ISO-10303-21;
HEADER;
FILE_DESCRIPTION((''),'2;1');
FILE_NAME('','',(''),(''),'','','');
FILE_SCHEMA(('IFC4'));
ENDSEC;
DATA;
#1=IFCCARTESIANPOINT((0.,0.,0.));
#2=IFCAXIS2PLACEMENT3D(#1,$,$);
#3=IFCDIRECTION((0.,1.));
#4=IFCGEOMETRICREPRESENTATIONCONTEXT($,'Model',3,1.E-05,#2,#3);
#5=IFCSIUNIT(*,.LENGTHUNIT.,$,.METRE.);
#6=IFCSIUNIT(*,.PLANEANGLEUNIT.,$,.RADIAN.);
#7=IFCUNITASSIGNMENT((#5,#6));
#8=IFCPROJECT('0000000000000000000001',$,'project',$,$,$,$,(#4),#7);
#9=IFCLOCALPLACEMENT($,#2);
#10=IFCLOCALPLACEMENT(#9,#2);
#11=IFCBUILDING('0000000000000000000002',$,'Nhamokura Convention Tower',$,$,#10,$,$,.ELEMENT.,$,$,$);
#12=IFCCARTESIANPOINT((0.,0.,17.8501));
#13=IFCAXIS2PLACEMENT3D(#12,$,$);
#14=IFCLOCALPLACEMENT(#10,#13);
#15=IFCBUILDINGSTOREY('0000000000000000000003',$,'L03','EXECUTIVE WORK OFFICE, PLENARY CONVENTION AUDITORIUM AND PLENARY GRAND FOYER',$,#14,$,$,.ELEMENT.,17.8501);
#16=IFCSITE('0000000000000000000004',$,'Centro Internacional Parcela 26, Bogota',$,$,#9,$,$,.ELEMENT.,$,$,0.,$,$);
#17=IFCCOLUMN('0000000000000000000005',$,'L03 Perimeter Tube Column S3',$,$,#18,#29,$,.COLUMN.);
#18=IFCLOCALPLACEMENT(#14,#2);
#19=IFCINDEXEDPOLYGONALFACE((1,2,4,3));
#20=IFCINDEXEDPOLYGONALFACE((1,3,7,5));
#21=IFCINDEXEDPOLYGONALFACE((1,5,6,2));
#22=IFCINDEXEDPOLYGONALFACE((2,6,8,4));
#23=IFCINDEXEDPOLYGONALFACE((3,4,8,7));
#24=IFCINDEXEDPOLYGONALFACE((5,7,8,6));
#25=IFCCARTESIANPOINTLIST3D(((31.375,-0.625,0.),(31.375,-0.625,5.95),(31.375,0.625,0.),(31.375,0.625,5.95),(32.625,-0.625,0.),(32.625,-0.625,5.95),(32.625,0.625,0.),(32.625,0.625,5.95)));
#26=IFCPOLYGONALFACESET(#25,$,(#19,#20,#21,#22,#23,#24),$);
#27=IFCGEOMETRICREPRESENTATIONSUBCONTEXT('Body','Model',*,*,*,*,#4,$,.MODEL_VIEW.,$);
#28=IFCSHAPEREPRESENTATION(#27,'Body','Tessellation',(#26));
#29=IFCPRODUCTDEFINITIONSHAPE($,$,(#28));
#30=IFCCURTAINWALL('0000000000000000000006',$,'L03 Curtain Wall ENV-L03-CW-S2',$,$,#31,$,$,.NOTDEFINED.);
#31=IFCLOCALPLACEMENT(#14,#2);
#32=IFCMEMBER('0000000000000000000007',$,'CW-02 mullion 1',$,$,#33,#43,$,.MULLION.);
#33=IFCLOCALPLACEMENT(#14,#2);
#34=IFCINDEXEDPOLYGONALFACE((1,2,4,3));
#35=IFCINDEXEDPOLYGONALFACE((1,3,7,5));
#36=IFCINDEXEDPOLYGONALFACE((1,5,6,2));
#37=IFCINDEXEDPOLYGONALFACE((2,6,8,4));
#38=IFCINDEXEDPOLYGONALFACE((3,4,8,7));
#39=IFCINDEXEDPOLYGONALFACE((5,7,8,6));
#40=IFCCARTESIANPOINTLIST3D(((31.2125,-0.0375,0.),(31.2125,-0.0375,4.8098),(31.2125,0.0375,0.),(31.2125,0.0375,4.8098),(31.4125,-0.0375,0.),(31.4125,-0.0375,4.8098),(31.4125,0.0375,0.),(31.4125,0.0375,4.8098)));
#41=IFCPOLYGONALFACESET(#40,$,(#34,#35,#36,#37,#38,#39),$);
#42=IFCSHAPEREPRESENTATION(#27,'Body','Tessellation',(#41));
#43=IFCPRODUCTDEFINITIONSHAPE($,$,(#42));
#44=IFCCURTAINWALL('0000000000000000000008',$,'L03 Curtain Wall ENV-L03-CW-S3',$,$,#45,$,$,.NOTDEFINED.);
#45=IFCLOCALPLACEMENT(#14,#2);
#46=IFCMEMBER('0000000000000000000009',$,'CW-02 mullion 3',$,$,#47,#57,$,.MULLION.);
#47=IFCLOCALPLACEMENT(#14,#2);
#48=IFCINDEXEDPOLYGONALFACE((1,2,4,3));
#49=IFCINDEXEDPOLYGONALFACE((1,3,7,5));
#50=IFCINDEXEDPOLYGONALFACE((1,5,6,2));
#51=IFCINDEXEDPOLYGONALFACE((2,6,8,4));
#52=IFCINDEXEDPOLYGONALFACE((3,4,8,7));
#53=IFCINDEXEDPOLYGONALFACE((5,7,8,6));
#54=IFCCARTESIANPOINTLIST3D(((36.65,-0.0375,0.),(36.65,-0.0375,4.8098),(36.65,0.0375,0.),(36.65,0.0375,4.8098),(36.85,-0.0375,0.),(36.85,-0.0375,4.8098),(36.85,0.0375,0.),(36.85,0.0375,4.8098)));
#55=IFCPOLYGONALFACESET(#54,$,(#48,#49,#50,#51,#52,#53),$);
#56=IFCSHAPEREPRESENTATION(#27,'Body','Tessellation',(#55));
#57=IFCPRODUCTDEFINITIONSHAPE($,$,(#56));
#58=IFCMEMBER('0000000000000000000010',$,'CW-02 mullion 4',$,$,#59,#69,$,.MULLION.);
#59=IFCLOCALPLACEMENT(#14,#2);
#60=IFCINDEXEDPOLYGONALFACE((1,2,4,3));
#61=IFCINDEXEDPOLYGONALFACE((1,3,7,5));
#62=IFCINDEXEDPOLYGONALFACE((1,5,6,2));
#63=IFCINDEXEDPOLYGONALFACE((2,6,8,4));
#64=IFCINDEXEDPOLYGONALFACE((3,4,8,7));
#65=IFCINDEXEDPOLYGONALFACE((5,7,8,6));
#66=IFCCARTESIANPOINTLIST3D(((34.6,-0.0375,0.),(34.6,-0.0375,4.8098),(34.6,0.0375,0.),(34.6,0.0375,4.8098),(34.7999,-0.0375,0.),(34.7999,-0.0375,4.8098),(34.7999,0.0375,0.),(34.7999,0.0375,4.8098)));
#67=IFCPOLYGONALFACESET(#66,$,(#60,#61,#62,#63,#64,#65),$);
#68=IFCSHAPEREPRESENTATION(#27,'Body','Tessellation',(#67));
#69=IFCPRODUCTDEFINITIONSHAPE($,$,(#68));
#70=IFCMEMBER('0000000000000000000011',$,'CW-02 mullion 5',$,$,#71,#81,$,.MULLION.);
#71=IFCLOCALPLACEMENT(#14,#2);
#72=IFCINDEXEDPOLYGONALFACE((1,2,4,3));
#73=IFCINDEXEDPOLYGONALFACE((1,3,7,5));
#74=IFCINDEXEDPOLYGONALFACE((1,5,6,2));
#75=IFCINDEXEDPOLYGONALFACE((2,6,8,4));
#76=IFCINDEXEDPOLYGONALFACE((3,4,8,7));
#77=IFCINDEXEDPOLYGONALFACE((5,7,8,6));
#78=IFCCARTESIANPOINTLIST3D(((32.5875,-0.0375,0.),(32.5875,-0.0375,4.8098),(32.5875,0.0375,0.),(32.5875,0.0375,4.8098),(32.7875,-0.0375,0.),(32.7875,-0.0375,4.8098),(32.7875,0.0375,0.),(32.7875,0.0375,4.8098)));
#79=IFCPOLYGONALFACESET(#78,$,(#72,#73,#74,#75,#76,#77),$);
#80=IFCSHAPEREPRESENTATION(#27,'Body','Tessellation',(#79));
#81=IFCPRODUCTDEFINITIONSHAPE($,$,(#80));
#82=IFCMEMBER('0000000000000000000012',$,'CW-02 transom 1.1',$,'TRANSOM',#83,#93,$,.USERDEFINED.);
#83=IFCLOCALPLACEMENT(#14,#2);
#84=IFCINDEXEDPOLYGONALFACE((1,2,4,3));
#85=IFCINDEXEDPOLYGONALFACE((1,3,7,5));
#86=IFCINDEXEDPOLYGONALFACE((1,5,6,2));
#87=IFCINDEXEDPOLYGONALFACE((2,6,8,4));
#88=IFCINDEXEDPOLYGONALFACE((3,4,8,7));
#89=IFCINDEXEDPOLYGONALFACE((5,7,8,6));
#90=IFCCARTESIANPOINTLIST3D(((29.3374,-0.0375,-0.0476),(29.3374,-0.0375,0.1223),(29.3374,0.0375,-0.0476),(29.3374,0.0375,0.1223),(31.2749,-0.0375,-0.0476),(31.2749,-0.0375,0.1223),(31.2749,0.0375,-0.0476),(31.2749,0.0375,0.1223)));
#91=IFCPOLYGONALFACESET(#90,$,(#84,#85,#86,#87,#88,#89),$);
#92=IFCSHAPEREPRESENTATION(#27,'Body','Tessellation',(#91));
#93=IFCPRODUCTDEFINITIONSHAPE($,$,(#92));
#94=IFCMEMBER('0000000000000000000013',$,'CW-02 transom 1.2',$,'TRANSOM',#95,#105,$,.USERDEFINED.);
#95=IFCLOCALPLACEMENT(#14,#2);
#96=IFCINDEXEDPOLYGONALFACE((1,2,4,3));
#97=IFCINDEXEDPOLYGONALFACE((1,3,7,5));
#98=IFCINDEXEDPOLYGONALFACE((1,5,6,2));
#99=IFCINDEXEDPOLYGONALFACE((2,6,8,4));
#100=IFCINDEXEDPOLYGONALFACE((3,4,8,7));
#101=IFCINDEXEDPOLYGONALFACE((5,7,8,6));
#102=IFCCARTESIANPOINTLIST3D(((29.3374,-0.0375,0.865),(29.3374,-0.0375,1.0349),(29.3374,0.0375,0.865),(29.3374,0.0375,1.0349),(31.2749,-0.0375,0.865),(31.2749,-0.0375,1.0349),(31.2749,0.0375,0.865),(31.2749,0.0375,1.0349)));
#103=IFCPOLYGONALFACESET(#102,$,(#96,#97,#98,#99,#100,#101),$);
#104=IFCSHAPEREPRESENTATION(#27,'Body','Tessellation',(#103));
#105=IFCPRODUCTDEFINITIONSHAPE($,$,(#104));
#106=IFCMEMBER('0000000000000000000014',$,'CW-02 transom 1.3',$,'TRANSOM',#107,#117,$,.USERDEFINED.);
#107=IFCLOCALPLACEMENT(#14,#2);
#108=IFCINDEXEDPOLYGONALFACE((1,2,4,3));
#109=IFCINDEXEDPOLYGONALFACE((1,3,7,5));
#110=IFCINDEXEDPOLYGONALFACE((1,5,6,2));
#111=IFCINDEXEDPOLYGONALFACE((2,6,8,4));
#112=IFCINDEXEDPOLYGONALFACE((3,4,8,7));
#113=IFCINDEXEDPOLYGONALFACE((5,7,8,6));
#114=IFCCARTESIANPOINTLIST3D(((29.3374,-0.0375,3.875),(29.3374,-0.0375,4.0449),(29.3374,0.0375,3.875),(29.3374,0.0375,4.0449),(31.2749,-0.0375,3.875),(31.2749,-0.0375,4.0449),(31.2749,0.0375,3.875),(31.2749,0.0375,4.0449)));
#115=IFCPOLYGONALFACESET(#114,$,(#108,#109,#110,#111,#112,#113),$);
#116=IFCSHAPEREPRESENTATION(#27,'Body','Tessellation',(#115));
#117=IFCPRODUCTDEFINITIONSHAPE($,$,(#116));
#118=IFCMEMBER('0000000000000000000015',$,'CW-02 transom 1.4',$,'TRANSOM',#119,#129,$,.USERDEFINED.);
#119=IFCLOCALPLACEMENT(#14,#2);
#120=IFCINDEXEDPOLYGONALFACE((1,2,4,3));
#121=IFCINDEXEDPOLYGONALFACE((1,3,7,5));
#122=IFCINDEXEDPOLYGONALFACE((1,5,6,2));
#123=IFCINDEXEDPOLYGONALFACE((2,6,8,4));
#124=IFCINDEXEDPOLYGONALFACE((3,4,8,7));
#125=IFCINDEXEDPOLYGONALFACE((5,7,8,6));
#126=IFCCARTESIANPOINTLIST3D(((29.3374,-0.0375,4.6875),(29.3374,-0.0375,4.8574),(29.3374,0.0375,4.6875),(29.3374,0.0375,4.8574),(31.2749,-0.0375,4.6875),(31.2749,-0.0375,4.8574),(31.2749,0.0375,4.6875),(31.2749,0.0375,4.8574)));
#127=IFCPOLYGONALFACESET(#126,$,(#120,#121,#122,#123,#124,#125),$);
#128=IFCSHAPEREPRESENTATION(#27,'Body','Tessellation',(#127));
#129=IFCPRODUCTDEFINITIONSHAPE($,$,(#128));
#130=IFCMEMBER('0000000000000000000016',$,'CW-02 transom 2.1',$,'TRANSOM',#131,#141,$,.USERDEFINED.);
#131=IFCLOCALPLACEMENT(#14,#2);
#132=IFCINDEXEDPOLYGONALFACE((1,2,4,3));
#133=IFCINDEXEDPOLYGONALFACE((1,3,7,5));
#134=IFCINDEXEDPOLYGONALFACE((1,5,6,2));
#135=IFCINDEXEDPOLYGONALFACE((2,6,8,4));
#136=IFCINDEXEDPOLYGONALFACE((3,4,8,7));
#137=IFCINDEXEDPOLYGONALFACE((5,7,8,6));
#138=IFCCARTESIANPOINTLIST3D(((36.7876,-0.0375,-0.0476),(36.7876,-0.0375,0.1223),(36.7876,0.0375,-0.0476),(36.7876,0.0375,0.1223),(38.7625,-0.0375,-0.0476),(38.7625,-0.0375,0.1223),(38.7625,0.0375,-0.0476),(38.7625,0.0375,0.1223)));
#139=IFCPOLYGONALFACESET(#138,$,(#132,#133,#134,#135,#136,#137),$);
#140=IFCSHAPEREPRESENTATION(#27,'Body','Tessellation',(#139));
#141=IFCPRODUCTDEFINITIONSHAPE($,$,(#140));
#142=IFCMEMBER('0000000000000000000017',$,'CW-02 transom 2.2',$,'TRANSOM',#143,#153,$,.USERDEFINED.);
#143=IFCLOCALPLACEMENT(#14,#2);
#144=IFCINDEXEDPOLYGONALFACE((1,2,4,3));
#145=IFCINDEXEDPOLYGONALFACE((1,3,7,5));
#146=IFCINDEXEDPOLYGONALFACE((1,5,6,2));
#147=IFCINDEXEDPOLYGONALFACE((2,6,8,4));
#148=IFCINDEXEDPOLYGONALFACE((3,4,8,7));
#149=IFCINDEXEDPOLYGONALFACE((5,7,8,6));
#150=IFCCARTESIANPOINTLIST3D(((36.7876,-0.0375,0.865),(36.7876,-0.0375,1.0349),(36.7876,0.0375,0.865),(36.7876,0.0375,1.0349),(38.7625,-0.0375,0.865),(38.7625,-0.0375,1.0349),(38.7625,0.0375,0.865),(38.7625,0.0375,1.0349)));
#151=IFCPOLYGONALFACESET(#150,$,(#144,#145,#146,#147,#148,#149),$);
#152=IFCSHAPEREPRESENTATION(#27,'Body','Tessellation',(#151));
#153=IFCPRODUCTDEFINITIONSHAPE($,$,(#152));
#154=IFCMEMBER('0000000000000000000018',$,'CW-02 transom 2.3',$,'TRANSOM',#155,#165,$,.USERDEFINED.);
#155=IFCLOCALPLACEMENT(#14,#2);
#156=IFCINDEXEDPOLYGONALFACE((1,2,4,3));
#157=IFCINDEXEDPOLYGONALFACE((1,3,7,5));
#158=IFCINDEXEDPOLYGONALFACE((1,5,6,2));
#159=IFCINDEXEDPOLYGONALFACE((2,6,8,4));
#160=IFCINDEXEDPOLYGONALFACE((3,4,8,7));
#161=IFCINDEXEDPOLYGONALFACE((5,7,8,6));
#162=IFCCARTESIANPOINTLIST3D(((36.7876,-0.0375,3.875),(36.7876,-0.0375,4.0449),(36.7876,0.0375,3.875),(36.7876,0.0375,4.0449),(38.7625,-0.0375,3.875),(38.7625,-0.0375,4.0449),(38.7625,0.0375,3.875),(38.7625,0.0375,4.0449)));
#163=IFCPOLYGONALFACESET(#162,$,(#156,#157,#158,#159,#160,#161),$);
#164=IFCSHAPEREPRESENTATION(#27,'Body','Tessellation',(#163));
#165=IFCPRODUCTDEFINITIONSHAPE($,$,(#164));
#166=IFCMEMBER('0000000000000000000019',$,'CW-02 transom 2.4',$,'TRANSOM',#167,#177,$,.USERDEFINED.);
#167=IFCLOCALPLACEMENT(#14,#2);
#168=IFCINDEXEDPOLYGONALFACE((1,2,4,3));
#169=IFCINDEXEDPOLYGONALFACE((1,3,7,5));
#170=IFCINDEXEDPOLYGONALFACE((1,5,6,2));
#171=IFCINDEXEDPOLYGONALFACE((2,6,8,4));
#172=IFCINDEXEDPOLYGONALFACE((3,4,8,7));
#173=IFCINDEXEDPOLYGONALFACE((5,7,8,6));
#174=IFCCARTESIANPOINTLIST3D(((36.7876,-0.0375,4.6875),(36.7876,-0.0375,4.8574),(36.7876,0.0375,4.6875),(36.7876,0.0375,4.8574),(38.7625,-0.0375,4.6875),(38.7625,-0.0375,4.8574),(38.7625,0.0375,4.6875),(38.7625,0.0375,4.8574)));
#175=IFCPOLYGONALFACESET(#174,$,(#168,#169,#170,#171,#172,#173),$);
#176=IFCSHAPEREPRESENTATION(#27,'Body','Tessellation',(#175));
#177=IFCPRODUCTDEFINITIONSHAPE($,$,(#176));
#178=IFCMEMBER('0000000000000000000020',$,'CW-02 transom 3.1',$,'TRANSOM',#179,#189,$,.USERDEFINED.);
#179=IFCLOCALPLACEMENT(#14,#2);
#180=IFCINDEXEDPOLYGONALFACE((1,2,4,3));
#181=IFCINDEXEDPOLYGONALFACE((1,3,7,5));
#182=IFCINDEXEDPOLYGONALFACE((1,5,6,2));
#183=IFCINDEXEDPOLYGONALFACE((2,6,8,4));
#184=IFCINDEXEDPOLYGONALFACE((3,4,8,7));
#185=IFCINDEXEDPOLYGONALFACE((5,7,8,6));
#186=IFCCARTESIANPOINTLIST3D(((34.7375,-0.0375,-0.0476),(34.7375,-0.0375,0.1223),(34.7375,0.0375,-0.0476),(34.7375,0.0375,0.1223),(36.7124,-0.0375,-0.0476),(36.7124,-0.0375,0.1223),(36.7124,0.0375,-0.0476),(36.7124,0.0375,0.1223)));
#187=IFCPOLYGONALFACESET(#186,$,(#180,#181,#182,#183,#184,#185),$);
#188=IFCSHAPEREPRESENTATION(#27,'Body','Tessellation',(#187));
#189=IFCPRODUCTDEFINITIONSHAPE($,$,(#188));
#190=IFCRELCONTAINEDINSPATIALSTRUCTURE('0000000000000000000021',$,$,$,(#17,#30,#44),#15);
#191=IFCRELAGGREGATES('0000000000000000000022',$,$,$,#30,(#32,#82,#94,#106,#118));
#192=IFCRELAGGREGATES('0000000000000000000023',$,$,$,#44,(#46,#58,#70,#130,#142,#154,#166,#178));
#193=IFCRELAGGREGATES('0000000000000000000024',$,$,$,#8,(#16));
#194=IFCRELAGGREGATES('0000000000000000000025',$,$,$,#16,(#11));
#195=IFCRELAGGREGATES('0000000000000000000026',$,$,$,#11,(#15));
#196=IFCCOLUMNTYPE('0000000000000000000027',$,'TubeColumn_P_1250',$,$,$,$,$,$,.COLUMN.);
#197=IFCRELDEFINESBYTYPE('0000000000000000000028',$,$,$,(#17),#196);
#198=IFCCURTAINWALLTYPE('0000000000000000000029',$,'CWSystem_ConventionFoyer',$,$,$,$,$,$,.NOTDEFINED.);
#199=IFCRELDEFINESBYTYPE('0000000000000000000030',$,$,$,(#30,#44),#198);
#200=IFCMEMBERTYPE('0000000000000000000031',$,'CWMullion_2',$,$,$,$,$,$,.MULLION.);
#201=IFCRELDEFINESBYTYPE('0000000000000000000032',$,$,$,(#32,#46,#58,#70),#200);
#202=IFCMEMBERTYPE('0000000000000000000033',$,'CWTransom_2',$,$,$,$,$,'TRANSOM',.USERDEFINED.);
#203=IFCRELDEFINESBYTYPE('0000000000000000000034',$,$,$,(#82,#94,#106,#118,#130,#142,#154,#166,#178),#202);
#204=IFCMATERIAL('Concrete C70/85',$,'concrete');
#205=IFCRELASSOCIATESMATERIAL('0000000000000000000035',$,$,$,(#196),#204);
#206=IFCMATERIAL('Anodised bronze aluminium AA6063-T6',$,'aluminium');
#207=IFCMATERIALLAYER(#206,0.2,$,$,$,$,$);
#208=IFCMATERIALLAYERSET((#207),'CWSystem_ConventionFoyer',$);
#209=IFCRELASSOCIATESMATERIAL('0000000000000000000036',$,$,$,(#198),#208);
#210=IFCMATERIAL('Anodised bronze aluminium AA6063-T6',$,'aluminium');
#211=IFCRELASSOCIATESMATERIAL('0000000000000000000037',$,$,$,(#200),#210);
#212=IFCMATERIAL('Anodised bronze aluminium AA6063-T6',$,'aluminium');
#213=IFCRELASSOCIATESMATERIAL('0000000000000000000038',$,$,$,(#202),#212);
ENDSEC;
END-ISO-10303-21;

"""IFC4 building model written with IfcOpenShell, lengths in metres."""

from ifc_helpers import new_model, si_unit, direction, frame, origin, origin_2d, place, context, subcontext, project, spatial, rectangle, extrude, material, layer, layer_set, material_profile, profile_set, type_object, element, aggregate, save


model = new_model("IFC4")

# Units and contexts
model_context = context("Model", 3, precision=1e-05, world=origin(), true_north=direction((0.0, 1.0)))
body_context = subcontext(model_context, "Body", "Model", "MODEL_VIEW")
ifc_project = project(units=[si_unit("LENGTHUNIT", "METRE"), si_unit("PLANEANGLEUNIT", "RADIAN")], contexts=[model_context])

# Site, building, storey
site_placement = place(None, origin())
site = spatial("IfcSite", under=ifc_project, at=site_placement, Name="Centro Internacional Parcela 26, Bogota", CompositionType="ELEMENT", RefElevation=0.0)
building_placement = place(site_placement, origin())
building = spatial("IfcBuilding", under=site, at=building_placement, Name="Nhamokura Convention Tower", CompositionType="ELEMENT")
storey_placement = place(building_placement, frame((0.0, 0.0, 17.8501)))
storey = spatial("IfcBuildingStorey", under=building, at=storey_placement, Name="L03", Description="EXECUTIVE WORK OFFICE, PLENARY CONVENTION AUDITORIUM AND PLENARY GRAND FOYER", CompositionType="ELEMENT", Elevation=17.8501)

# Column
ifc_material_1 = material(Name="Concrete C70/85", Category="concrete")
ifc_material_profile_1 = material_profile(ifc_material_1, rectangle(XDim=1.25, YDim=1.25, at=origin_2d()))
ifc_profile_set_1 = profile_set([ifc_material_profile_1], Name="Concrete C70/85")
column_type = type_object("IfcColumnType", Name="TubeColumn_P_1250", PredefinedType="COLUMN", material=ifc_profile_set_1)
column_placement = place(storey_placement, frame((32.0, 0.0, 0.0), z_axis=(0.0, 0.0, 1.0), x_axis=(1.0, 0.0, 0.0)))
element("IfcColumn", 1, at=column_placement, inside=storey, type_object=column_type, Name="L03 Perimeter Tube Column S3", PredefinedType="COLUMN", context=body_context, shape_type="SweptSolid", body=[
    extrude(rectangle(XDim=1.25, YDim=1.25, at=origin_2d()), origin(), (0.0, 0.0, 1.0), 5.95),
])

# Curtain wall, member
ifc_material_2 = material(Name="Anodised bronze aluminium AA6063-T6", Category="aluminium")
ifc_layer_1 = layer(ifc_material_2, 0.2)
ifc_layer_set_1 = layer_set([ifc_layer_1], Name="CWSystem_ConventionFoyer")
curtain_wall_type = type_object("IfcCurtainWallType", Name="CWSystem_ConventionFoyer", PredefinedType="NOTDEFINED", material=ifc_layer_set_1)
curtain_wall_1_placement = place(storey_placement, origin())
curtain_wall_1 = element("IfcCurtainWall", 2, at=curtain_wall_1_placement, inside=storey, type_object=curtain_wall_type, Name="L03 Curtain Wall ENV-L03-CW-S2", PredefinedType="NOTDEFINED")
ifc_material_3 = material(Name="Anodised bronze aluminium AA6063-T6", Category="aluminium")
ifc_material_profile_2 = material_profile(ifc_material_3, rectangle(XDim=0.075, YDim=0.2, at=origin_2d()))
ifc_profile_set_2 = profile_set([ifc_material_profile_2], Name="Anodised bronze aluminium AA6063-T6")
member_type_1 = type_object("IfcMemberType", Name="CWMullion_2", PredefinedType="MULLION", material=ifc_profile_set_2)
member_1_placement = place(storey_placement, frame((31.3125, 0.0, 0.0), z_axis=(0.0, 0.0, 1.0), x_axis=(0.0, -1.0, 0.0)))
member_1 = element("IfcMember", 3, at=member_1_placement, type_object=member_type_1, Name="CW-02 mullion 1", PredefinedType="MULLION", context=body_context, shape_type="SweptSolid", body=[
    extrude(rectangle(XDim=0.075, YDim=0.2, at=origin_2d()), origin(), (0.0, 0.0, 1.0), 4.8098),
])

# Curtain wall, members
curtain_wall_2_placement = place(storey_placement, origin())
curtain_wall_2 = element("IfcCurtainWall", 4, at=curtain_wall_2_placement, inside=storey, type_object=curtain_wall_type, Name="L03 Curtain Wall ENV-L03-CW-S3", PredefinedType="NOTDEFINED")
member_2_placement = place(storey_placement, frame((36.75, 0.0, 0.0), z_axis=(0.0, 0.0, 1.0), x_axis=(0.0, -1.0, 0.0)))
member_2 = element("IfcMember", 5, at=member_2_placement, type_object=member_type_1, Name="CW-02 mullion 3", PredefinedType="MULLION", context=body_context, shape_type="SweptSolid", body=[
    extrude(rectangle(XDim=0.075, YDim=0.2, at=origin_2d()), origin(), (0.0, 0.0, 1.0), 4.8098),
])
member_3_placement = place(storey_placement, frame((34.7, 0.0, 0.0), z_axis=(0.0, 0.0, 1.0), x_axis=(0.0, -1.0, 0.0)))
member_3 = element("IfcMember", 6, at=member_3_placement, type_object=member_type_1, Name="CW-02 mullion 4", PredefinedType="MULLION", context=body_context, shape_type="SweptSolid", body=[
    extrude(rectangle(XDim=0.075, YDim=0.2, at=origin_2d()), origin(), (0.0, 0.0, 1.0), 4.8098),
])
member_4_placement = place(storey_placement, frame((32.6875, 0.0, 0.0), z_axis=(0.0, 0.0, 1.0), x_axis=(0.0, -1.0, 0.0)))
member_4 = element("IfcMember", 7, at=member_4_placement, type_object=member_type_1, Name="CW-02 mullion 5", PredefinedType="MULLION", context=body_context, shape_type="SweptSolid", body=[
    extrude(rectangle(XDim=0.075, YDim=0.2, at=origin_2d()), origin(), (0.0, 0.0, 1.0), 4.8098),
])

# Members
ifc_material_4 = material(Name="Anodised bronze aluminium AA6063-T6", Category="aluminium")
ifc_material_profile_3 = material_profile(ifc_material_4, rectangle(XDim=0.075, YDim=0.1699, at=origin_2d()))
ifc_profile_set_3 = profile_set([ifc_material_profile_3], Name="Anodised bronze aluminium AA6063-T6")
member_type_2 = type_object("IfcMemberType", Name="CWTransom_2", ElementType="TRANSOM", PredefinedType="USERDEFINED", material=ifc_profile_set_3)
member_5_placement = place(storey_placement, frame((31.2749, 0.0, 0.0374), z_axis=(-1.0, 0.0, 0.0), x_axis=(0.0, -1.0, 0.0)))
member_5 = element("IfcMember", 8, at=member_5_placement, type_object=member_type_2, Name="CW-02 transom 1.1", ObjectType="TRANSOM", PredefinedType="USERDEFINED", context=body_context, shape_type="SweptSolid", body=[
    extrude(rectangle(XDim=0.075, YDim=0.1699, at=origin_2d()), origin(), (0.0, 0.0, 1.0), 1.9375),
])
member_6_placement = place(storey_placement, frame((31.2749, 0.0, 0.95), z_axis=(-1.0, 0.0, 0.0), x_axis=(0.0, -1.0, 0.0)))
member_6 = element("IfcMember", 9, at=member_6_placement, type_object=member_type_2, Name="CW-02 transom 1.2", ObjectType="TRANSOM", PredefinedType="USERDEFINED", context=body_context, shape_type="SweptSolid", body=[
    extrude(rectangle(XDim=0.075, YDim=0.1699, at=origin_2d()), origin(), (0.0, 0.0, 1.0), 1.9375),
])
member_7_placement = place(storey_placement, frame((31.2749, 0.0, 3.96), z_axis=(-1.0, 0.0, 0.0), x_axis=(0.0, -1.0, 0.0)))
member_7 = element("IfcMember", 10, at=member_7_placement, type_object=member_type_2, Name="CW-02 transom 1.3", ObjectType="TRANSOM", PredefinedType="USERDEFINED", context=body_context, shape_type="SweptSolid", body=[
    extrude(rectangle(XDim=0.075, YDim=0.1699, at=origin_2d()), origin(), (0.0, 0.0, 1.0), 1.9375),
])
member_8_placement = place(storey_placement, frame((31.2749, 0.0, 4.7725), z_axis=(-1.0, 0.0, 0.0), x_axis=(0.0, -1.0, 0.0)))
member_8 = element("IfcMember", 11, at=member_8_placement, type_object=member_type_2, Name="CW-02 transom 1.4", ObjectType="TRANSOM", PredefinedType="USERDEFINED", context=body_context, shape_type="SweptSolid", body=[
    extrude(rectangle(XDim=0.075, YDim=0.1699, at=origin_2d()), origin(), (0.0, 0.0, 1.0), 1.9375),
])
aggregate(curtain_wall_1, [member_1, member_5, member_6, member_7, member_8])
member_9_placement = place(storey_placement, frame((38.7625, 0.0, 0.0374), z_axis=(-1.0, 0.0, 0.0), x_axis=(0.0, -1.0, 0.0)))
member_9 = element("IfcMember", 12, at=member_9_placement, type_object=member_type_2, Name="CW-02 transom 2.1", ObjectType="TRANSOM", PredefinedType="USERDEFINED", context=body_context, shape_type="SweptSolid", body=[
    extrude(rectangle(XDim=0.075, YDim=0.1699, at=origin_2d()), origin(), (0.0, 0.0, 1.0), 1.9749),
])
member_10_placement = place(storey_placement, frame((38.7625, 0.0, 0.95), z_axis=(-1.0, 0.0, 0.0), x_axis=(0.0, -1.0, 0.0)))
member_10 = element("IfcMember", 13, at=member_10_placement, type_object=member_type_2, Name="CW-02 transom 2.2", ObjectType="TRANSOM", PredefinedType="USERDEFINED", context=body_context, shape_type="SweptSolid", body=[
    extrude(rectangle(XDim=0.075, YDim=0.1699, at=origin_2d()), origin(), (0.0, 0.0, 1.0), 1.9749),
])
member_11_placement = place(storey_placement, frame((38.7625, 0.0, 3.96), z_axis=(-1.0, 0.0, 0.0), x_axis=(0.0, -1.0, 0.0)))
member_11 = element("IfcMember", 14, at=member_11_placement, type_object=member_type_2, Name="CW-02 transom 2.3", ObjectType="TRANSOM", PredefinedType="USERDEFINED", context=body_context, shape_type="SweptSolid", body=[
    extrude(rectangle(XDim=0.075, YDim=0.1699, at=origin_2d()), origin(), (0.0, 0.0, 1.0), 1.9749),
])
member_12_placement = place(storey_placement, frame((38.7625, 0.0, 4.7725), z_axis=(-1.0, 0.0, 0.0), x_axis=(0.0, -1.0, 0.0)))
member_12 = element("IfcMember", 15, at=member_12_placement, type_object=member_type_2, Name="CW-02 transom 2.4", ObjectType="TRANSOM", PredefinedType="USERDEFINED", context=body_context, shape_type="SweptSolid", body=[
    extrude(rectangle(XDim=0.075, YDim=0.1699, at=origin_2d()), origin(), (0.0, 0.0, 1.0), 1.9749),
])
member_13_placement = place(storey_placement, frame((36.7124, 0.0, 0.0374), z_axis=(-1.0, 0.0, 0.0), x_axis=(0.0, -1.0, 0.0)))
member_13 = element("IfcMember", 16, at=member_13_placement, type_object=member_type_2, Name="CW-02 transom 3.1", ObjectType="TRANSOM", PredefinedType="USERDEFINED", context=body_context, shape_type="SweptSolid", body=[
    extrude(rectangle(XDim=0.075, YDim=0.1699, at=origin_2d()), origin(), (0.0, 0.0, 1.0), 1.9749),
])

aggregate(curtain_wall_2, [member_2, member_3, member_4, member_9, member_10, member_11, member_12, member_13])

save(model, "model.ifc")
